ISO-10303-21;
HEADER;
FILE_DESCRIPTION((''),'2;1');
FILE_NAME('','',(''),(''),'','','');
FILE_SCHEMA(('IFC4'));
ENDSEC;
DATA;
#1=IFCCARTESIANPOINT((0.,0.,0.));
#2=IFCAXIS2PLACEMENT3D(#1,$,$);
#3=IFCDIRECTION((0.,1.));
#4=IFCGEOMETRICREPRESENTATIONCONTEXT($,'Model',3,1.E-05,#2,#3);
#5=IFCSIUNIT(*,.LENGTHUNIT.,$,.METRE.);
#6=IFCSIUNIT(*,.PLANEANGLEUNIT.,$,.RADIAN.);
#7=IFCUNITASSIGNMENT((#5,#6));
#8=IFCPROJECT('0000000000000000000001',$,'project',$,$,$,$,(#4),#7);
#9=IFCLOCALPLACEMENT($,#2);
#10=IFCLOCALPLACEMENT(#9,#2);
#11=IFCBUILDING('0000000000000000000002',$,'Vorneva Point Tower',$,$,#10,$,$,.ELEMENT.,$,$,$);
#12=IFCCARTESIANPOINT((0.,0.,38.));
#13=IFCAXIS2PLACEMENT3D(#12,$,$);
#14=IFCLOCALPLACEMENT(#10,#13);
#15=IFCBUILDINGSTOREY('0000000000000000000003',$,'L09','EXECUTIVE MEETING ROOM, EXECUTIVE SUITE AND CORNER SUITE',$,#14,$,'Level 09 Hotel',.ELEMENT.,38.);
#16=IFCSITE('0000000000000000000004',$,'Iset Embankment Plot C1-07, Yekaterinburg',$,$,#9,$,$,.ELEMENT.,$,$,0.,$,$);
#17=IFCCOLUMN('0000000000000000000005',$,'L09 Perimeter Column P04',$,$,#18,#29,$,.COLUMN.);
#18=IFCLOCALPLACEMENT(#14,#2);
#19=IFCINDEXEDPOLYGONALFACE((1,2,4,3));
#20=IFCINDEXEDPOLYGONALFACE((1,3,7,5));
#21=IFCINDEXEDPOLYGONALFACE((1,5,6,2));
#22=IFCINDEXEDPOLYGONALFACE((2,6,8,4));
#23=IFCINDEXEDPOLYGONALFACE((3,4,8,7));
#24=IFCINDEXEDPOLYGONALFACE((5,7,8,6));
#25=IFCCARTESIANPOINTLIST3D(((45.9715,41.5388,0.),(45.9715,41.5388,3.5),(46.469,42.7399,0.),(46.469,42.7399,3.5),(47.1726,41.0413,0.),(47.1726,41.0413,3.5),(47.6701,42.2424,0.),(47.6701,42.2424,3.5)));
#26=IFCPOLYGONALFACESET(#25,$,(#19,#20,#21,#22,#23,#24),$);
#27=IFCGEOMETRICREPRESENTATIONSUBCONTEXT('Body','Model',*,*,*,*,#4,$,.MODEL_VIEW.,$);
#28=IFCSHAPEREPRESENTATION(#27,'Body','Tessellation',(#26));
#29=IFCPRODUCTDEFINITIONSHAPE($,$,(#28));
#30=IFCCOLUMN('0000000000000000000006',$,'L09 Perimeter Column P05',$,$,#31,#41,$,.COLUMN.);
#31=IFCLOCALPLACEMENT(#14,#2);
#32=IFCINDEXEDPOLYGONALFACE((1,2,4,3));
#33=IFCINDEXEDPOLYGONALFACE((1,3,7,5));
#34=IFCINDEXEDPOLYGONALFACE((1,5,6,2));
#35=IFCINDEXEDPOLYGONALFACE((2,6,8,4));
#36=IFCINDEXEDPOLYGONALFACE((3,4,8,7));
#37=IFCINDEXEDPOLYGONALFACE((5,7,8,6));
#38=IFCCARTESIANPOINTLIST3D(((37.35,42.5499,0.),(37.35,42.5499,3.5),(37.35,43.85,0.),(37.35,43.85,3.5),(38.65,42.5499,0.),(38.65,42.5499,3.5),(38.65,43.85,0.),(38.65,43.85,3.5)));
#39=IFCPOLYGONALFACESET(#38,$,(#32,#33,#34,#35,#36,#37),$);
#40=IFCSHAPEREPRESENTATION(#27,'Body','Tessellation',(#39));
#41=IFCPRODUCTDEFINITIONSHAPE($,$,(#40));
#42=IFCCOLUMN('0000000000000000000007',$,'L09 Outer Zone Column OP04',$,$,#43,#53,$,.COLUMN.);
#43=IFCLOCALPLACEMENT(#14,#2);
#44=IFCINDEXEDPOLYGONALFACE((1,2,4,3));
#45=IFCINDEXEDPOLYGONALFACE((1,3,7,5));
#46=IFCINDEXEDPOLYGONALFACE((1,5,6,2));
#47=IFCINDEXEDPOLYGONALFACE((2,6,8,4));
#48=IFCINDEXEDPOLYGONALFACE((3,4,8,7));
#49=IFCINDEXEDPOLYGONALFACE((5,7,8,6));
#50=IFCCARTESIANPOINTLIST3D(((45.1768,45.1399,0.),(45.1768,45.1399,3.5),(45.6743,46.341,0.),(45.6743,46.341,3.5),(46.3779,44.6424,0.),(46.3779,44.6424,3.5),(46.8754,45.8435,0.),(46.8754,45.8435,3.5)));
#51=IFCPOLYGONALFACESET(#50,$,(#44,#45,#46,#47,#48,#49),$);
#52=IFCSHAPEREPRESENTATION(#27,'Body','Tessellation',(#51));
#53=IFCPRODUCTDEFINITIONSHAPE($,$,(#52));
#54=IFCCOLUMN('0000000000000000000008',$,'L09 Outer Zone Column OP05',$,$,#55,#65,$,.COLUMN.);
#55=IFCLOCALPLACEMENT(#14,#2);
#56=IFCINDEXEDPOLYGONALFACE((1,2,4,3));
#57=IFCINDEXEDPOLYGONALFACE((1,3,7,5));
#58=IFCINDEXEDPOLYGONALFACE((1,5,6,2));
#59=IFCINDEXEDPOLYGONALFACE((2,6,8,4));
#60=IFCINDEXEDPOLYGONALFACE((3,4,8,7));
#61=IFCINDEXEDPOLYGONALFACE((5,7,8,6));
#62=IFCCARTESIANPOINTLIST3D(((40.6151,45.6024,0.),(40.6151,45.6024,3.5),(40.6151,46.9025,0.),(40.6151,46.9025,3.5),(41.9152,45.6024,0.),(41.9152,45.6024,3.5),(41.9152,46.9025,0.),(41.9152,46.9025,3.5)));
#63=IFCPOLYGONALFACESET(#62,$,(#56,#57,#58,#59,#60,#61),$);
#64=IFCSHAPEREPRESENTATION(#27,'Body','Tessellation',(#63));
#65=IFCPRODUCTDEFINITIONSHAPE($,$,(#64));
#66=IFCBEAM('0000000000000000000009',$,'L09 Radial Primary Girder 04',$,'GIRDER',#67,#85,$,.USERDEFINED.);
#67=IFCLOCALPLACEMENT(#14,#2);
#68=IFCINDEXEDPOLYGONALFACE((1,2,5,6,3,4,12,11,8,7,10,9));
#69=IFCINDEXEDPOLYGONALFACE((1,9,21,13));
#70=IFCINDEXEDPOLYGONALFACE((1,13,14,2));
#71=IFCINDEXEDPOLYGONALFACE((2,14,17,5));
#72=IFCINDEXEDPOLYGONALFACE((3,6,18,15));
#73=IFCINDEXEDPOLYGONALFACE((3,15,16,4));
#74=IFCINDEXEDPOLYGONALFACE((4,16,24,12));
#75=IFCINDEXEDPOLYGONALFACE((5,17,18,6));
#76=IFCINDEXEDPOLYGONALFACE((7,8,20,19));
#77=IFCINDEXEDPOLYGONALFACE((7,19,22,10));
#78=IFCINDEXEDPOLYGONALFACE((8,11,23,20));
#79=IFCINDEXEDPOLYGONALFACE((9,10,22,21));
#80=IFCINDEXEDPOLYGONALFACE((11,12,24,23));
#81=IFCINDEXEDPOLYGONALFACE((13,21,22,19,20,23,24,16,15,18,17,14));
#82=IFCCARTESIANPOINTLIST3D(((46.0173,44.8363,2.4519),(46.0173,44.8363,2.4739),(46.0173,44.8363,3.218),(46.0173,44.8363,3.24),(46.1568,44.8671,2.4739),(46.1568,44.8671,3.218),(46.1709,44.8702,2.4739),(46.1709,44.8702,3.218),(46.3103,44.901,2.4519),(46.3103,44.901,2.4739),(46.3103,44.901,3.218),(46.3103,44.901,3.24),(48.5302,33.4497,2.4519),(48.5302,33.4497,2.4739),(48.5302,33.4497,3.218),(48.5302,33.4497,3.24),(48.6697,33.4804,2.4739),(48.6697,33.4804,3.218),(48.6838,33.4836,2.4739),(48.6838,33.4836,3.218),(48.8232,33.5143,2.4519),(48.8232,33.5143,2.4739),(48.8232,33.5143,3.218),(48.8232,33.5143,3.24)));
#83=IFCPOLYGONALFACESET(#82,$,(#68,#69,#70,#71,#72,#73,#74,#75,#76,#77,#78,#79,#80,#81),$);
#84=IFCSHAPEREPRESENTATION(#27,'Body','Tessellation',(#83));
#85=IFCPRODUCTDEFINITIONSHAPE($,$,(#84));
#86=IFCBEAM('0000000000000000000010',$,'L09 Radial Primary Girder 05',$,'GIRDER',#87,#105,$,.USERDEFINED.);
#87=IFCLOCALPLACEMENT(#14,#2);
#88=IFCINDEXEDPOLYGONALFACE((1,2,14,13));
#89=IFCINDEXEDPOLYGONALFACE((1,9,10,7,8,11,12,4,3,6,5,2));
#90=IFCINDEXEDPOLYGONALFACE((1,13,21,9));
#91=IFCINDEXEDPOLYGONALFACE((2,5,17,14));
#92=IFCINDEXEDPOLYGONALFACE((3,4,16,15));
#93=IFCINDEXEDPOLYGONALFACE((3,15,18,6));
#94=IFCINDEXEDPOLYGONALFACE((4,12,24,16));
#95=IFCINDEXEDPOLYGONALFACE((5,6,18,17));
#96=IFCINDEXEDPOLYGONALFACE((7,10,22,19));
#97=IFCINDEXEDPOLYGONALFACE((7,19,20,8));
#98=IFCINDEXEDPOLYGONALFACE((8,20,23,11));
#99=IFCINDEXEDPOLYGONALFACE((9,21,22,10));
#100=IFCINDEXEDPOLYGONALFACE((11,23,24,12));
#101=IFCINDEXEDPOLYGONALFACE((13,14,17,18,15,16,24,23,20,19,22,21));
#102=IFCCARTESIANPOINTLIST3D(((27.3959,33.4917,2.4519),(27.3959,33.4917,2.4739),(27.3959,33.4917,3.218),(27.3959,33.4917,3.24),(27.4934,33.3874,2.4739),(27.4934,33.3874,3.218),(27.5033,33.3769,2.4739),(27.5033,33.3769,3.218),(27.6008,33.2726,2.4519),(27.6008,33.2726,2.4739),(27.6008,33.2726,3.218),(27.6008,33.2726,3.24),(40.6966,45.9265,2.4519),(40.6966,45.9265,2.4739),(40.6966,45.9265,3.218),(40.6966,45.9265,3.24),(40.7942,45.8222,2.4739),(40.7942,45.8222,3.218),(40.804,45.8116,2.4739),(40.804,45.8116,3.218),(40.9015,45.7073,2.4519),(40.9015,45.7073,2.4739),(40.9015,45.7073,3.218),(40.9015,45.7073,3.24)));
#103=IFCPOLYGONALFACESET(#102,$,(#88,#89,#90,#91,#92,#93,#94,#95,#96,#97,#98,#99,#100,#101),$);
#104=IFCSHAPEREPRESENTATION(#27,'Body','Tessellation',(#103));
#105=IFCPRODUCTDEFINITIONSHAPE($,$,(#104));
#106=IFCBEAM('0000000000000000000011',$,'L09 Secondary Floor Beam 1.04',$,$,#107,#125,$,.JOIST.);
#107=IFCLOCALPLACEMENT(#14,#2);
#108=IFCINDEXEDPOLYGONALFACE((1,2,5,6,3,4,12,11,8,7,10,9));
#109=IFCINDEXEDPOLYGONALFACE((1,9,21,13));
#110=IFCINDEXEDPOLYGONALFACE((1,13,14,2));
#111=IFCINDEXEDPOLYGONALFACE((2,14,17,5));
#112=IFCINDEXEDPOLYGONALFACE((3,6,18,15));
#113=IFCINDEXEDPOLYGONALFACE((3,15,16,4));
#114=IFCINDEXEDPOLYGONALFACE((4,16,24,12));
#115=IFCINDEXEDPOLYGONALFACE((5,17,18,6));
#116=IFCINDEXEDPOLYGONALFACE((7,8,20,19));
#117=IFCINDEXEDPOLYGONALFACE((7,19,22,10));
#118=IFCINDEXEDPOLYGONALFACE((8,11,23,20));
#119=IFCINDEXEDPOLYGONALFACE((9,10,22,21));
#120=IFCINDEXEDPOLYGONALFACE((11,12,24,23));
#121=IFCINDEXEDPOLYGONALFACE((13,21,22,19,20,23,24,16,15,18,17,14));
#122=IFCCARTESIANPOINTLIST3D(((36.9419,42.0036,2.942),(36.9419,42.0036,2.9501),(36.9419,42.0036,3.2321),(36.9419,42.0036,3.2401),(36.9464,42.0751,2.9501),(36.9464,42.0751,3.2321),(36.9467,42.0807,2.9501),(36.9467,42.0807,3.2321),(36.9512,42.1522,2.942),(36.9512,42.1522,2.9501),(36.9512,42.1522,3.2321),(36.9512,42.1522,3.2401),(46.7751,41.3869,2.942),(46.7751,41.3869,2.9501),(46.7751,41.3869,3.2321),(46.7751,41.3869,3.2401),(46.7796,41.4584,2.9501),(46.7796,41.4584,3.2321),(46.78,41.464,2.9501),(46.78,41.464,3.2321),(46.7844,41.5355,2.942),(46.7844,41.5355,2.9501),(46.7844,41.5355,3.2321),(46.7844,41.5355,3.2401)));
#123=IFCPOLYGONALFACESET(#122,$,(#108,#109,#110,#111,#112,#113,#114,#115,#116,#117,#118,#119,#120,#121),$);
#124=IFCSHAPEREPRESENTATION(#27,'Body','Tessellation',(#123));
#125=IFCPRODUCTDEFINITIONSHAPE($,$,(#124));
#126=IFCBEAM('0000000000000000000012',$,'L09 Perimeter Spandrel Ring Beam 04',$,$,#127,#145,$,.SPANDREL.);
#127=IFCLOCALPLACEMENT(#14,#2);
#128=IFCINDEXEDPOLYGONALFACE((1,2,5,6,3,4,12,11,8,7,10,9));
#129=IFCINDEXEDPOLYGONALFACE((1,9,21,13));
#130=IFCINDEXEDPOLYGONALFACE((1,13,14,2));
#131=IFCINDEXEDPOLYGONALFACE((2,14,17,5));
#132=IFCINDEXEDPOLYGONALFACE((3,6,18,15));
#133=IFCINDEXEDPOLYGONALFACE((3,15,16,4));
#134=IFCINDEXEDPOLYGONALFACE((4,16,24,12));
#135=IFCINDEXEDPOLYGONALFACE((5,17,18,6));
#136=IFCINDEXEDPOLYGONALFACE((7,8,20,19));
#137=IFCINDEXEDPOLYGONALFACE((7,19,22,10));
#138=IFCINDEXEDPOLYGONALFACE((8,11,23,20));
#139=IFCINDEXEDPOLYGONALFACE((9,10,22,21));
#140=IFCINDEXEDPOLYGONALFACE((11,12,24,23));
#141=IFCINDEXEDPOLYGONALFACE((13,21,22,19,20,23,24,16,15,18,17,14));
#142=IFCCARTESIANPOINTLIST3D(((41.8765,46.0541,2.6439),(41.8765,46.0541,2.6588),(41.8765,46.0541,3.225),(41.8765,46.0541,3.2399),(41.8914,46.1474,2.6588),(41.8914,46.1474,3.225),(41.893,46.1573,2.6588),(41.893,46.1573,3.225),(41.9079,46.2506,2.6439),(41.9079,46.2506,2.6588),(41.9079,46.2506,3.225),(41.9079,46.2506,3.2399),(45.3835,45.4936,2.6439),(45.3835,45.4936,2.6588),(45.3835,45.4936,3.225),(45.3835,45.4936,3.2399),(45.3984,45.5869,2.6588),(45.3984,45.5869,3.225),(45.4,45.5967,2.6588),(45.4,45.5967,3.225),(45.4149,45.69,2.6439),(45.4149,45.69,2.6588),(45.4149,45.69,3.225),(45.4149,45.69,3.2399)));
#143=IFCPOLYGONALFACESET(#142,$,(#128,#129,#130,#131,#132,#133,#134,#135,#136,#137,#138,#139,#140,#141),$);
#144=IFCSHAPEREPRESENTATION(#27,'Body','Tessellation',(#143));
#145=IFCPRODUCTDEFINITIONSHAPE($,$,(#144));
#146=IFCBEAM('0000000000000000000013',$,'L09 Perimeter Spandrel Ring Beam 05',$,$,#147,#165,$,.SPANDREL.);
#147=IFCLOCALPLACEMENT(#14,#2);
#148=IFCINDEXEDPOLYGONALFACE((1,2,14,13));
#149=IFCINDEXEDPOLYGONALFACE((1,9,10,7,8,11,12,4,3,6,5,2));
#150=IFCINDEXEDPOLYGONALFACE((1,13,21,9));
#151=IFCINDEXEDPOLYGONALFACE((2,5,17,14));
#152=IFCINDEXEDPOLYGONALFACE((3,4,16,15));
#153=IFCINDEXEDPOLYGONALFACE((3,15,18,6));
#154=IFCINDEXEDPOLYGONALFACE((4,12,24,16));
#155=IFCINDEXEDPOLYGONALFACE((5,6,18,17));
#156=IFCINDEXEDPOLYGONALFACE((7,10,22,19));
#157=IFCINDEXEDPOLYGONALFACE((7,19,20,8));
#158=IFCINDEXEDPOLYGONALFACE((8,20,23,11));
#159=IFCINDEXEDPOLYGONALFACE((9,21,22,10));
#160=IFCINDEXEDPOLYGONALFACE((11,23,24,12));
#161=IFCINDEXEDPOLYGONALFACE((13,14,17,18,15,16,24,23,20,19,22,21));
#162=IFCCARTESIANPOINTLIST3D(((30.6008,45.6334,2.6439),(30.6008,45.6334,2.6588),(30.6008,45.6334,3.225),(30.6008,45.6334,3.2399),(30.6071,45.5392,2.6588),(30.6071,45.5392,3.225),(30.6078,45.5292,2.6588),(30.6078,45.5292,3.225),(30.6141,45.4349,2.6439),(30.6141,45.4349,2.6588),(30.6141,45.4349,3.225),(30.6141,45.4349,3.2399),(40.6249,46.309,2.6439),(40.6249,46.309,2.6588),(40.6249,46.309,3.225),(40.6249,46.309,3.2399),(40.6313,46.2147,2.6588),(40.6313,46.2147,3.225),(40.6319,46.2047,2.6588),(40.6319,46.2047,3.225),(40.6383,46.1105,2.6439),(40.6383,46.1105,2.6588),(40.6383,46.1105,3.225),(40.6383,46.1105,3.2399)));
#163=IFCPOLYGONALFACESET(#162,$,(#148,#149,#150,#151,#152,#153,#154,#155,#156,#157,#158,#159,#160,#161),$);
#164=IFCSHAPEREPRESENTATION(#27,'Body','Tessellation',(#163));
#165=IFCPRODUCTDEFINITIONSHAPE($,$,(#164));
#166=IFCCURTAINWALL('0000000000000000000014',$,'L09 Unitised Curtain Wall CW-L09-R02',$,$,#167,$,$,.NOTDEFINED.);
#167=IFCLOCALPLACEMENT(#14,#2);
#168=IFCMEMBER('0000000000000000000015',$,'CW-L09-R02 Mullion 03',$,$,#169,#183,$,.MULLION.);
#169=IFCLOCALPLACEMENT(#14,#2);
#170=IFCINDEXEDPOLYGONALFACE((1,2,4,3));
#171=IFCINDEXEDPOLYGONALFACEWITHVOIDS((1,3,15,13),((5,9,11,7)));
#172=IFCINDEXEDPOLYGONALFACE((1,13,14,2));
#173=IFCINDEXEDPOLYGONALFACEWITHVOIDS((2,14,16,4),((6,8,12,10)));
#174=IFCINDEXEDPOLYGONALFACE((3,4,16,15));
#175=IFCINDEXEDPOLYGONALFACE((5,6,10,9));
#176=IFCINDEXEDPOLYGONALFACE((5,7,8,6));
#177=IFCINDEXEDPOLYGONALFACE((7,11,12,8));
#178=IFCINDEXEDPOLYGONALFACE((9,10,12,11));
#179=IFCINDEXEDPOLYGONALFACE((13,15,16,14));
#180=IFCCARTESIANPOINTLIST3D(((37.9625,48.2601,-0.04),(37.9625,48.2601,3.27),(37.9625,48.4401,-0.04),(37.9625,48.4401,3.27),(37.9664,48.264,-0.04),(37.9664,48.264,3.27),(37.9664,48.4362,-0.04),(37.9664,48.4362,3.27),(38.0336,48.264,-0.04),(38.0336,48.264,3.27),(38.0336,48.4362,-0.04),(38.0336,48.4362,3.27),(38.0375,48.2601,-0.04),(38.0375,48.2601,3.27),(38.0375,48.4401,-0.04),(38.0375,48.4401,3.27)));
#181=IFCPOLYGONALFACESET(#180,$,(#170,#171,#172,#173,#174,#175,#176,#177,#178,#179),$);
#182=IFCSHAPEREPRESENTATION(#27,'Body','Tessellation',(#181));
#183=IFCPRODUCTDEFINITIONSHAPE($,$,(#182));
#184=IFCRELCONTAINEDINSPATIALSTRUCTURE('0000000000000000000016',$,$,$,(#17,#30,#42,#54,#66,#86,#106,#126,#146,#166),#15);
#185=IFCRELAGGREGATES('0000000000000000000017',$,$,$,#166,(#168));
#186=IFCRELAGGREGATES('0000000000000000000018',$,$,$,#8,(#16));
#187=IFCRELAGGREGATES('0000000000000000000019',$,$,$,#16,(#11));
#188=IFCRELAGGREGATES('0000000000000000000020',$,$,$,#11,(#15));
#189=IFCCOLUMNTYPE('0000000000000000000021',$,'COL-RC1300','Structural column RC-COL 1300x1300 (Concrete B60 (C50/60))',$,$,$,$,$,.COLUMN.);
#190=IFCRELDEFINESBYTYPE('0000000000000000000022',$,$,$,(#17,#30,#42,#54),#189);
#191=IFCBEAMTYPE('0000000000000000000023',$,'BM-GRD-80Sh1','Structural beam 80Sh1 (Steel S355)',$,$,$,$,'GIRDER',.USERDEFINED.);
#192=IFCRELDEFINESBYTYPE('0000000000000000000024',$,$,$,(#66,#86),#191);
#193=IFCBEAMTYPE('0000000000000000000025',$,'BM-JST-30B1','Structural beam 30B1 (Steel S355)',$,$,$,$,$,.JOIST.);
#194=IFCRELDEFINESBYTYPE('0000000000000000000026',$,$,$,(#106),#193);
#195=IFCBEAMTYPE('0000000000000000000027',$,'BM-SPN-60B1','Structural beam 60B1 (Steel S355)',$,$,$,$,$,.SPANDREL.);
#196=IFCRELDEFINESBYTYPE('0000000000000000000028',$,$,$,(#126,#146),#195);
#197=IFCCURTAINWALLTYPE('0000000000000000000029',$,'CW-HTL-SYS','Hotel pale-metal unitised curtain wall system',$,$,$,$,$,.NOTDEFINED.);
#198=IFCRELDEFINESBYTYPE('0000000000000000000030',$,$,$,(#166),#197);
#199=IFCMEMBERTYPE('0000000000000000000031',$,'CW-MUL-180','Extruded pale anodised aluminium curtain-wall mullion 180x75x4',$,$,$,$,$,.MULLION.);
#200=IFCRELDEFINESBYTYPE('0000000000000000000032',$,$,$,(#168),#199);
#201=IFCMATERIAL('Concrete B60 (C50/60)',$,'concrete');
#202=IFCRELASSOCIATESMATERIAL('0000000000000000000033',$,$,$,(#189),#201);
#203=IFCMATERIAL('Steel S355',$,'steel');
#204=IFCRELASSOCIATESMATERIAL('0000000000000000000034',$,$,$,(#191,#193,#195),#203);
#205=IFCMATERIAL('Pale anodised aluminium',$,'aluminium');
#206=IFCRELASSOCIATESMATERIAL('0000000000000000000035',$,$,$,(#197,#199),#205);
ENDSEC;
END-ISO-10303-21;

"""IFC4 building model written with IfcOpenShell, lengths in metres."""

from ifc_helpers import new_model, si_unit, direction, frame, origin, origin_2d, place, context, subcontext, project, spatial, rectangle, hollow_rectangle, i_section, extrude, material, material_profile, profile_set, type_object, element, aggregate, save


model = new_model("IFC4")

# Units and contexts
model_context = context("Model", 3, precision=1e-05, world=origin(), true_north=direction((0.0, 1.0)))
body_context = subcontext(model_context, "Body", "Model", "MODEL_VIEW")
ifc_project = project(units=[si_unit("LENGTHUNIT", "METRE"), si_unit("PLANEANGLEUNIT", "RADIAN")], contexts=[model_context])

# Site, building, storey
site_placement = place(None, origin())
site = spatial("IfcSite", under=ifc_project, at=site_placement, Name="Iset Embankment Plot C1-07, Yekaterinburg", CompositionType="ELEMENT", RefElevation=0.0)
building_placement = place(site_placement, origin())
building = spatial("IfcBuilding", under=site, at=building_placement, Name="Vorneva Point Tower", CompositionType="ELEMENT")
storey_placement = place(building_placement, frame((0.0, 0.0, 38.0)))
storey = spatial("IfcBuildingStorey", under=building, at=storey_placement, Name="L09", Description="EXECUTIVE MEETING ROOM, EXECUTIVE SUITE AND CORNER SUITE", LongName="Level 09 Hotel", CompositionType="ELEMENT", Elevation=38.0)

# Columns
ifc_material_1 = material(Name="Concrete B60 (C50/60)", Category="concrete")
ifc_material_profile_1 = material_profile(ifc_material_1, rectangle(XDim=1.3, YDim=1.3, at=origin_2d()), Name="RC-COL 1300x1300")
ifc_profile_set_1 = profile_set([ifc_material_profile_1], Name="Concrete B60 (C50/60)")
column_type = type_object("IfcColumnType", Name="COL-RC1300", Description="Structural column RC-COL 1300x1300 (Concrete B60 (C50/60))", PredefinedType="COLUMN", material=ifc_profile_set_1)
for number, where, z_axis, x_axis, name in (
    (1, (46.8208, 41.8906, 0.0), (0.0, 0.0, 1.0), (0.382683, 0.92388, 0.0), "L09 Perimeter Column P04"),
    (2, (38.0, 43.2, 0.0), (0.0, 0.0, 1.0), (0.0, 1.0, 0.0), "L09 Perimeter Column P05"),
    (3, (46.0261, 45.4917, 0.0), (0.0, 0.0, 1.0), (0.382683, 0.92388, 0.0), "L09 Outer Zone Column OP04"),
    (4, (41.2651, 46.2524, 0.0), (0.0, 0.0, 1.0), (0.0, 1.0, 0.0), "L09 Outer Zone Column OP05"),
):
    element("IfcColumn", number, at=place(storey_placement, frame(where, z_axis=z_axis, x_axis=x_axis)), inside=storey, type_object=column_type, Name=name, PredefinedType="COLUMN", context=body_context, shape_type="SweptSolid", body=[
        extrude(rectangle(XDim=1.3, YDim=1.3, at=origin_2d()), origin(), (0.0, 0.0, 1.0), 3.5),
    ])

# Beams
ifc_material_2 = material(Name="Steel S355", Category="steel")
ifc_material_profile_2 = material_profile(ifc_material_2, i_section(OverallWidth=0.3, OverallDepth=0.7881, WebThickness=0.0144, FlangeThickness=0.022, at=origin_2d()), Name="80Sh1")
ifc_profile_set_2 = profile_set([ifc_material_profile_2], Name="Steel S355")
beam_type_1 = type_object("IfcBeamType", Name="BM-GRD-80Sh1", Description="Structural beam 80Sh1 (Steel S355)", ElementType="GIRDER", PredefinedType="USERDEFINED", material=ifc_profile_set_2)
beam_1_placement = place(storey_placement, frame((46.1638, 44.8687, 2.8459), z_axis=(0.215505, -0.976503, 0.0), x_axis=(0.976503, 0.215505, 0.0)))
element("IfcBeam", 5, at=beam_1_placement, inside=storey, type_object=beam_type_1, Name="L09 Radial Primary Girder 04", ObjectType="GIRDER", PredefinedType="USERDEFINED", context=body_context, shape_type="SweptSolid", body=[
    extrude(i_section(OverallWidth=0.3, OverallDepth=0.7881, WebThickness=0.0144, FlangeThickness=0.022, at=origin_2d()), origin(), (0.0, 0.0, 1.0), 11.6606),
])
beam_2_placement = place(storey_placement, frame((40.7991, 45.8169, 2.8459), z_axis=(-0.730487, -0.682927, 0.0), x_axis=(0.682927, -0.730487, 0.0)))
element("IfcBeam", 6, at=beam_2_placement, inside=storey, type_object=beam_type_1, Name="L09 Radial Primary Girder 05", ObjectType="GIRDER", PredefinedType="USERDEFINED", context=body_context, shape_type="SweptSolid", body=[
    extrude(i_section(OverallWidth=0.3, OverallDepth=0.7881, WebThickness=0.0144, FlangeThickness=0.022, at=origin_2d()), origin(), (0.0, 0.0, 1.0), 18.208),
])
ifc_material_profile_3 = material_profile(ifc_material_2, i_section(OverallWidth=0.1489, OverallDepth=0.2981, WebThickness=0.0056, FlangeThickness=0.0081, at=origin_2d()), Name="30B1")
ifc_profile_set_3 = profile_set([ifc_material_profile_3], Name="Steel S355")
beam_type_2 = type_object("IfcBeamType", Name="BM-JST-30B1", Description="Structural beam 30B1 (Steel S355)", PredefinedType="JOIST", material=ifc_profile_set_3)
beam_3_placement = place(storey_placement, frame((46.7798, 41.4612, 3.0911), z_axis=(-0.998039, 0.062593, 0.0), x_axis=(-0.062593, -0.998039, 0.0)))
element("IfcBeam", 7, at=beam_3_placement, inside=storey, type_object=beam_type_2, Name="L09 Secondary Floor Beam 1.04", PredefinedType="JOIST", context=body_context, shape_type="SweptSolid", body=[
    extrude(i_section(OverallWidth=0.1489, OverallDepth=0.2981, WebThickness=0.0056, FlangeThickness=0.0081, at=origin_2d()), origin(), (0.0, 0.0, 1.0), 9.8525),
])
ifc_material_profile_4 = material_profile(ifc_material_2, i_section(OverallWidth=0.199, OverallDepth=0.5959, WebThickness=0.01, FlangeThickness=0.0149, at=origin_2d()), Name="60B1")
ifc_profile_set_4 = profile_set([ifc_material_profile_4], Name="Steel S355")
beam_type_3 = type_object("IfcBeamType", Name="BM-SPN-60B1", Description="Structural beam 60B1 (Steel S355)", PredefinedType="SPANDREL", material=ifc_profile_set_4)
beam_4_placement = place(storey_placement, frame((45.3992, 45.5918, 2.9419), z_axis=(-0.987466, 0.15783, 0.0), x_axis=(-0.15783, -0.987466, 0.0)))
element("IfcBeam", 8, at=beam_4_placement, inside=storey, type_object=beam_type_3, Name="L09 Perimeter Spandrel Ring Beam 04", PredefinedType="SPANDREL", context=body_context, shape_type="SweptSolid", body=[
    extrude(i_section(OverallWidth=0.199, OverallDepth=0.5959, WebThickness=0.01, FlangeThickness=0.0149, at=origin_2d()), origin(), (0.0, 0.0, 1.0), 3.5515),
])
beam_5_placement = place(storey_placement, frame((40.6316, 46.2097, 2.9419), z_axis=(-0.997737, -0.067238, 0.0), x_axis=(0.067238, -0.997737, 0.0)))
element("IfcBeam", 9, at=beam_5_placement, inside=storey, type_object=beam_type_3, Name="L09 Perimeter Spandrel Ring Beam 05", PredefinedType="SPANDREL", context=body_context, shape_type="SweptSolid", body=[
    extrude(i_section(OverallWidth=0.199, OverallDepth=0.5959, WebThickness=0.01, FlangeThickness=0.0149, at=origin_2d()), origin(), (0.0, 0.0, 1.0), 10.0469),
])

# Curtain wall, member
ifc_material_3 = material(Name="Pale anodised aluminium", Category="aluminium")
curtain_wall_type = type_object("IfcCurtainWallType", Name="CW-HTL-SYS", Description="Hotel pale-metal unitised curtain wall system", PredefinedType="NOTDEFINED", material=ifc_material_3)
curtain_wall_placement = place(storey_placement, origin())
curtain_wall = element("IfcCurtainWall", 10, at=curtain_wall_placement, inside=storey, type_object=curtain_wall_type, Name="L09 Unitised Curtain Wall CW-L09-R02", PredefinedType="NOTDEFINED")
ifc_material_profile_5 = material_profile(ifc_material_3, hollow_rectangle(XDim=0.075, YDim=0.1799, WallThickness=0.0039, at=origin_2d()), Name="AL-MUL 180x75x4")
ifc_profile_set_5 = profile_set([ifc_material_profile_5], Name="Pale anodised aluminium")
member_type_1 = type_object("IfcMemberType", Name="CW-MUL-180", Description="Extruded pale anodised aluminium curtain-wall mullion 180x75x4", PredefinedType="MULLION", material=ifc_profile_set_5)
member_1_placement = place(storey_placement, frame((38.0, 48.3501, -0.04), z_axis=(0.0, 0.0, 1.0), x_axis=(1.0, 0.0, 0.0)))
member_1 = element("IfcMember", 11, at=member_1_placement, type_object=member_type_1, Name="CW-L09-R02 Mullion 03", PredefinedType="MULLION", context=body_context, shape_type="SweptSolid", body=[
    extrude(hollow_rectangle(XDim=0.075, YDim=0.1799, WallThickness=0.0039, at=origin_2d()), origin(), (0.0, 0.0, 1.0), 3.3101),
])
aggregate(curtain_wall, [member_1])

save(model, "model.ifc")
